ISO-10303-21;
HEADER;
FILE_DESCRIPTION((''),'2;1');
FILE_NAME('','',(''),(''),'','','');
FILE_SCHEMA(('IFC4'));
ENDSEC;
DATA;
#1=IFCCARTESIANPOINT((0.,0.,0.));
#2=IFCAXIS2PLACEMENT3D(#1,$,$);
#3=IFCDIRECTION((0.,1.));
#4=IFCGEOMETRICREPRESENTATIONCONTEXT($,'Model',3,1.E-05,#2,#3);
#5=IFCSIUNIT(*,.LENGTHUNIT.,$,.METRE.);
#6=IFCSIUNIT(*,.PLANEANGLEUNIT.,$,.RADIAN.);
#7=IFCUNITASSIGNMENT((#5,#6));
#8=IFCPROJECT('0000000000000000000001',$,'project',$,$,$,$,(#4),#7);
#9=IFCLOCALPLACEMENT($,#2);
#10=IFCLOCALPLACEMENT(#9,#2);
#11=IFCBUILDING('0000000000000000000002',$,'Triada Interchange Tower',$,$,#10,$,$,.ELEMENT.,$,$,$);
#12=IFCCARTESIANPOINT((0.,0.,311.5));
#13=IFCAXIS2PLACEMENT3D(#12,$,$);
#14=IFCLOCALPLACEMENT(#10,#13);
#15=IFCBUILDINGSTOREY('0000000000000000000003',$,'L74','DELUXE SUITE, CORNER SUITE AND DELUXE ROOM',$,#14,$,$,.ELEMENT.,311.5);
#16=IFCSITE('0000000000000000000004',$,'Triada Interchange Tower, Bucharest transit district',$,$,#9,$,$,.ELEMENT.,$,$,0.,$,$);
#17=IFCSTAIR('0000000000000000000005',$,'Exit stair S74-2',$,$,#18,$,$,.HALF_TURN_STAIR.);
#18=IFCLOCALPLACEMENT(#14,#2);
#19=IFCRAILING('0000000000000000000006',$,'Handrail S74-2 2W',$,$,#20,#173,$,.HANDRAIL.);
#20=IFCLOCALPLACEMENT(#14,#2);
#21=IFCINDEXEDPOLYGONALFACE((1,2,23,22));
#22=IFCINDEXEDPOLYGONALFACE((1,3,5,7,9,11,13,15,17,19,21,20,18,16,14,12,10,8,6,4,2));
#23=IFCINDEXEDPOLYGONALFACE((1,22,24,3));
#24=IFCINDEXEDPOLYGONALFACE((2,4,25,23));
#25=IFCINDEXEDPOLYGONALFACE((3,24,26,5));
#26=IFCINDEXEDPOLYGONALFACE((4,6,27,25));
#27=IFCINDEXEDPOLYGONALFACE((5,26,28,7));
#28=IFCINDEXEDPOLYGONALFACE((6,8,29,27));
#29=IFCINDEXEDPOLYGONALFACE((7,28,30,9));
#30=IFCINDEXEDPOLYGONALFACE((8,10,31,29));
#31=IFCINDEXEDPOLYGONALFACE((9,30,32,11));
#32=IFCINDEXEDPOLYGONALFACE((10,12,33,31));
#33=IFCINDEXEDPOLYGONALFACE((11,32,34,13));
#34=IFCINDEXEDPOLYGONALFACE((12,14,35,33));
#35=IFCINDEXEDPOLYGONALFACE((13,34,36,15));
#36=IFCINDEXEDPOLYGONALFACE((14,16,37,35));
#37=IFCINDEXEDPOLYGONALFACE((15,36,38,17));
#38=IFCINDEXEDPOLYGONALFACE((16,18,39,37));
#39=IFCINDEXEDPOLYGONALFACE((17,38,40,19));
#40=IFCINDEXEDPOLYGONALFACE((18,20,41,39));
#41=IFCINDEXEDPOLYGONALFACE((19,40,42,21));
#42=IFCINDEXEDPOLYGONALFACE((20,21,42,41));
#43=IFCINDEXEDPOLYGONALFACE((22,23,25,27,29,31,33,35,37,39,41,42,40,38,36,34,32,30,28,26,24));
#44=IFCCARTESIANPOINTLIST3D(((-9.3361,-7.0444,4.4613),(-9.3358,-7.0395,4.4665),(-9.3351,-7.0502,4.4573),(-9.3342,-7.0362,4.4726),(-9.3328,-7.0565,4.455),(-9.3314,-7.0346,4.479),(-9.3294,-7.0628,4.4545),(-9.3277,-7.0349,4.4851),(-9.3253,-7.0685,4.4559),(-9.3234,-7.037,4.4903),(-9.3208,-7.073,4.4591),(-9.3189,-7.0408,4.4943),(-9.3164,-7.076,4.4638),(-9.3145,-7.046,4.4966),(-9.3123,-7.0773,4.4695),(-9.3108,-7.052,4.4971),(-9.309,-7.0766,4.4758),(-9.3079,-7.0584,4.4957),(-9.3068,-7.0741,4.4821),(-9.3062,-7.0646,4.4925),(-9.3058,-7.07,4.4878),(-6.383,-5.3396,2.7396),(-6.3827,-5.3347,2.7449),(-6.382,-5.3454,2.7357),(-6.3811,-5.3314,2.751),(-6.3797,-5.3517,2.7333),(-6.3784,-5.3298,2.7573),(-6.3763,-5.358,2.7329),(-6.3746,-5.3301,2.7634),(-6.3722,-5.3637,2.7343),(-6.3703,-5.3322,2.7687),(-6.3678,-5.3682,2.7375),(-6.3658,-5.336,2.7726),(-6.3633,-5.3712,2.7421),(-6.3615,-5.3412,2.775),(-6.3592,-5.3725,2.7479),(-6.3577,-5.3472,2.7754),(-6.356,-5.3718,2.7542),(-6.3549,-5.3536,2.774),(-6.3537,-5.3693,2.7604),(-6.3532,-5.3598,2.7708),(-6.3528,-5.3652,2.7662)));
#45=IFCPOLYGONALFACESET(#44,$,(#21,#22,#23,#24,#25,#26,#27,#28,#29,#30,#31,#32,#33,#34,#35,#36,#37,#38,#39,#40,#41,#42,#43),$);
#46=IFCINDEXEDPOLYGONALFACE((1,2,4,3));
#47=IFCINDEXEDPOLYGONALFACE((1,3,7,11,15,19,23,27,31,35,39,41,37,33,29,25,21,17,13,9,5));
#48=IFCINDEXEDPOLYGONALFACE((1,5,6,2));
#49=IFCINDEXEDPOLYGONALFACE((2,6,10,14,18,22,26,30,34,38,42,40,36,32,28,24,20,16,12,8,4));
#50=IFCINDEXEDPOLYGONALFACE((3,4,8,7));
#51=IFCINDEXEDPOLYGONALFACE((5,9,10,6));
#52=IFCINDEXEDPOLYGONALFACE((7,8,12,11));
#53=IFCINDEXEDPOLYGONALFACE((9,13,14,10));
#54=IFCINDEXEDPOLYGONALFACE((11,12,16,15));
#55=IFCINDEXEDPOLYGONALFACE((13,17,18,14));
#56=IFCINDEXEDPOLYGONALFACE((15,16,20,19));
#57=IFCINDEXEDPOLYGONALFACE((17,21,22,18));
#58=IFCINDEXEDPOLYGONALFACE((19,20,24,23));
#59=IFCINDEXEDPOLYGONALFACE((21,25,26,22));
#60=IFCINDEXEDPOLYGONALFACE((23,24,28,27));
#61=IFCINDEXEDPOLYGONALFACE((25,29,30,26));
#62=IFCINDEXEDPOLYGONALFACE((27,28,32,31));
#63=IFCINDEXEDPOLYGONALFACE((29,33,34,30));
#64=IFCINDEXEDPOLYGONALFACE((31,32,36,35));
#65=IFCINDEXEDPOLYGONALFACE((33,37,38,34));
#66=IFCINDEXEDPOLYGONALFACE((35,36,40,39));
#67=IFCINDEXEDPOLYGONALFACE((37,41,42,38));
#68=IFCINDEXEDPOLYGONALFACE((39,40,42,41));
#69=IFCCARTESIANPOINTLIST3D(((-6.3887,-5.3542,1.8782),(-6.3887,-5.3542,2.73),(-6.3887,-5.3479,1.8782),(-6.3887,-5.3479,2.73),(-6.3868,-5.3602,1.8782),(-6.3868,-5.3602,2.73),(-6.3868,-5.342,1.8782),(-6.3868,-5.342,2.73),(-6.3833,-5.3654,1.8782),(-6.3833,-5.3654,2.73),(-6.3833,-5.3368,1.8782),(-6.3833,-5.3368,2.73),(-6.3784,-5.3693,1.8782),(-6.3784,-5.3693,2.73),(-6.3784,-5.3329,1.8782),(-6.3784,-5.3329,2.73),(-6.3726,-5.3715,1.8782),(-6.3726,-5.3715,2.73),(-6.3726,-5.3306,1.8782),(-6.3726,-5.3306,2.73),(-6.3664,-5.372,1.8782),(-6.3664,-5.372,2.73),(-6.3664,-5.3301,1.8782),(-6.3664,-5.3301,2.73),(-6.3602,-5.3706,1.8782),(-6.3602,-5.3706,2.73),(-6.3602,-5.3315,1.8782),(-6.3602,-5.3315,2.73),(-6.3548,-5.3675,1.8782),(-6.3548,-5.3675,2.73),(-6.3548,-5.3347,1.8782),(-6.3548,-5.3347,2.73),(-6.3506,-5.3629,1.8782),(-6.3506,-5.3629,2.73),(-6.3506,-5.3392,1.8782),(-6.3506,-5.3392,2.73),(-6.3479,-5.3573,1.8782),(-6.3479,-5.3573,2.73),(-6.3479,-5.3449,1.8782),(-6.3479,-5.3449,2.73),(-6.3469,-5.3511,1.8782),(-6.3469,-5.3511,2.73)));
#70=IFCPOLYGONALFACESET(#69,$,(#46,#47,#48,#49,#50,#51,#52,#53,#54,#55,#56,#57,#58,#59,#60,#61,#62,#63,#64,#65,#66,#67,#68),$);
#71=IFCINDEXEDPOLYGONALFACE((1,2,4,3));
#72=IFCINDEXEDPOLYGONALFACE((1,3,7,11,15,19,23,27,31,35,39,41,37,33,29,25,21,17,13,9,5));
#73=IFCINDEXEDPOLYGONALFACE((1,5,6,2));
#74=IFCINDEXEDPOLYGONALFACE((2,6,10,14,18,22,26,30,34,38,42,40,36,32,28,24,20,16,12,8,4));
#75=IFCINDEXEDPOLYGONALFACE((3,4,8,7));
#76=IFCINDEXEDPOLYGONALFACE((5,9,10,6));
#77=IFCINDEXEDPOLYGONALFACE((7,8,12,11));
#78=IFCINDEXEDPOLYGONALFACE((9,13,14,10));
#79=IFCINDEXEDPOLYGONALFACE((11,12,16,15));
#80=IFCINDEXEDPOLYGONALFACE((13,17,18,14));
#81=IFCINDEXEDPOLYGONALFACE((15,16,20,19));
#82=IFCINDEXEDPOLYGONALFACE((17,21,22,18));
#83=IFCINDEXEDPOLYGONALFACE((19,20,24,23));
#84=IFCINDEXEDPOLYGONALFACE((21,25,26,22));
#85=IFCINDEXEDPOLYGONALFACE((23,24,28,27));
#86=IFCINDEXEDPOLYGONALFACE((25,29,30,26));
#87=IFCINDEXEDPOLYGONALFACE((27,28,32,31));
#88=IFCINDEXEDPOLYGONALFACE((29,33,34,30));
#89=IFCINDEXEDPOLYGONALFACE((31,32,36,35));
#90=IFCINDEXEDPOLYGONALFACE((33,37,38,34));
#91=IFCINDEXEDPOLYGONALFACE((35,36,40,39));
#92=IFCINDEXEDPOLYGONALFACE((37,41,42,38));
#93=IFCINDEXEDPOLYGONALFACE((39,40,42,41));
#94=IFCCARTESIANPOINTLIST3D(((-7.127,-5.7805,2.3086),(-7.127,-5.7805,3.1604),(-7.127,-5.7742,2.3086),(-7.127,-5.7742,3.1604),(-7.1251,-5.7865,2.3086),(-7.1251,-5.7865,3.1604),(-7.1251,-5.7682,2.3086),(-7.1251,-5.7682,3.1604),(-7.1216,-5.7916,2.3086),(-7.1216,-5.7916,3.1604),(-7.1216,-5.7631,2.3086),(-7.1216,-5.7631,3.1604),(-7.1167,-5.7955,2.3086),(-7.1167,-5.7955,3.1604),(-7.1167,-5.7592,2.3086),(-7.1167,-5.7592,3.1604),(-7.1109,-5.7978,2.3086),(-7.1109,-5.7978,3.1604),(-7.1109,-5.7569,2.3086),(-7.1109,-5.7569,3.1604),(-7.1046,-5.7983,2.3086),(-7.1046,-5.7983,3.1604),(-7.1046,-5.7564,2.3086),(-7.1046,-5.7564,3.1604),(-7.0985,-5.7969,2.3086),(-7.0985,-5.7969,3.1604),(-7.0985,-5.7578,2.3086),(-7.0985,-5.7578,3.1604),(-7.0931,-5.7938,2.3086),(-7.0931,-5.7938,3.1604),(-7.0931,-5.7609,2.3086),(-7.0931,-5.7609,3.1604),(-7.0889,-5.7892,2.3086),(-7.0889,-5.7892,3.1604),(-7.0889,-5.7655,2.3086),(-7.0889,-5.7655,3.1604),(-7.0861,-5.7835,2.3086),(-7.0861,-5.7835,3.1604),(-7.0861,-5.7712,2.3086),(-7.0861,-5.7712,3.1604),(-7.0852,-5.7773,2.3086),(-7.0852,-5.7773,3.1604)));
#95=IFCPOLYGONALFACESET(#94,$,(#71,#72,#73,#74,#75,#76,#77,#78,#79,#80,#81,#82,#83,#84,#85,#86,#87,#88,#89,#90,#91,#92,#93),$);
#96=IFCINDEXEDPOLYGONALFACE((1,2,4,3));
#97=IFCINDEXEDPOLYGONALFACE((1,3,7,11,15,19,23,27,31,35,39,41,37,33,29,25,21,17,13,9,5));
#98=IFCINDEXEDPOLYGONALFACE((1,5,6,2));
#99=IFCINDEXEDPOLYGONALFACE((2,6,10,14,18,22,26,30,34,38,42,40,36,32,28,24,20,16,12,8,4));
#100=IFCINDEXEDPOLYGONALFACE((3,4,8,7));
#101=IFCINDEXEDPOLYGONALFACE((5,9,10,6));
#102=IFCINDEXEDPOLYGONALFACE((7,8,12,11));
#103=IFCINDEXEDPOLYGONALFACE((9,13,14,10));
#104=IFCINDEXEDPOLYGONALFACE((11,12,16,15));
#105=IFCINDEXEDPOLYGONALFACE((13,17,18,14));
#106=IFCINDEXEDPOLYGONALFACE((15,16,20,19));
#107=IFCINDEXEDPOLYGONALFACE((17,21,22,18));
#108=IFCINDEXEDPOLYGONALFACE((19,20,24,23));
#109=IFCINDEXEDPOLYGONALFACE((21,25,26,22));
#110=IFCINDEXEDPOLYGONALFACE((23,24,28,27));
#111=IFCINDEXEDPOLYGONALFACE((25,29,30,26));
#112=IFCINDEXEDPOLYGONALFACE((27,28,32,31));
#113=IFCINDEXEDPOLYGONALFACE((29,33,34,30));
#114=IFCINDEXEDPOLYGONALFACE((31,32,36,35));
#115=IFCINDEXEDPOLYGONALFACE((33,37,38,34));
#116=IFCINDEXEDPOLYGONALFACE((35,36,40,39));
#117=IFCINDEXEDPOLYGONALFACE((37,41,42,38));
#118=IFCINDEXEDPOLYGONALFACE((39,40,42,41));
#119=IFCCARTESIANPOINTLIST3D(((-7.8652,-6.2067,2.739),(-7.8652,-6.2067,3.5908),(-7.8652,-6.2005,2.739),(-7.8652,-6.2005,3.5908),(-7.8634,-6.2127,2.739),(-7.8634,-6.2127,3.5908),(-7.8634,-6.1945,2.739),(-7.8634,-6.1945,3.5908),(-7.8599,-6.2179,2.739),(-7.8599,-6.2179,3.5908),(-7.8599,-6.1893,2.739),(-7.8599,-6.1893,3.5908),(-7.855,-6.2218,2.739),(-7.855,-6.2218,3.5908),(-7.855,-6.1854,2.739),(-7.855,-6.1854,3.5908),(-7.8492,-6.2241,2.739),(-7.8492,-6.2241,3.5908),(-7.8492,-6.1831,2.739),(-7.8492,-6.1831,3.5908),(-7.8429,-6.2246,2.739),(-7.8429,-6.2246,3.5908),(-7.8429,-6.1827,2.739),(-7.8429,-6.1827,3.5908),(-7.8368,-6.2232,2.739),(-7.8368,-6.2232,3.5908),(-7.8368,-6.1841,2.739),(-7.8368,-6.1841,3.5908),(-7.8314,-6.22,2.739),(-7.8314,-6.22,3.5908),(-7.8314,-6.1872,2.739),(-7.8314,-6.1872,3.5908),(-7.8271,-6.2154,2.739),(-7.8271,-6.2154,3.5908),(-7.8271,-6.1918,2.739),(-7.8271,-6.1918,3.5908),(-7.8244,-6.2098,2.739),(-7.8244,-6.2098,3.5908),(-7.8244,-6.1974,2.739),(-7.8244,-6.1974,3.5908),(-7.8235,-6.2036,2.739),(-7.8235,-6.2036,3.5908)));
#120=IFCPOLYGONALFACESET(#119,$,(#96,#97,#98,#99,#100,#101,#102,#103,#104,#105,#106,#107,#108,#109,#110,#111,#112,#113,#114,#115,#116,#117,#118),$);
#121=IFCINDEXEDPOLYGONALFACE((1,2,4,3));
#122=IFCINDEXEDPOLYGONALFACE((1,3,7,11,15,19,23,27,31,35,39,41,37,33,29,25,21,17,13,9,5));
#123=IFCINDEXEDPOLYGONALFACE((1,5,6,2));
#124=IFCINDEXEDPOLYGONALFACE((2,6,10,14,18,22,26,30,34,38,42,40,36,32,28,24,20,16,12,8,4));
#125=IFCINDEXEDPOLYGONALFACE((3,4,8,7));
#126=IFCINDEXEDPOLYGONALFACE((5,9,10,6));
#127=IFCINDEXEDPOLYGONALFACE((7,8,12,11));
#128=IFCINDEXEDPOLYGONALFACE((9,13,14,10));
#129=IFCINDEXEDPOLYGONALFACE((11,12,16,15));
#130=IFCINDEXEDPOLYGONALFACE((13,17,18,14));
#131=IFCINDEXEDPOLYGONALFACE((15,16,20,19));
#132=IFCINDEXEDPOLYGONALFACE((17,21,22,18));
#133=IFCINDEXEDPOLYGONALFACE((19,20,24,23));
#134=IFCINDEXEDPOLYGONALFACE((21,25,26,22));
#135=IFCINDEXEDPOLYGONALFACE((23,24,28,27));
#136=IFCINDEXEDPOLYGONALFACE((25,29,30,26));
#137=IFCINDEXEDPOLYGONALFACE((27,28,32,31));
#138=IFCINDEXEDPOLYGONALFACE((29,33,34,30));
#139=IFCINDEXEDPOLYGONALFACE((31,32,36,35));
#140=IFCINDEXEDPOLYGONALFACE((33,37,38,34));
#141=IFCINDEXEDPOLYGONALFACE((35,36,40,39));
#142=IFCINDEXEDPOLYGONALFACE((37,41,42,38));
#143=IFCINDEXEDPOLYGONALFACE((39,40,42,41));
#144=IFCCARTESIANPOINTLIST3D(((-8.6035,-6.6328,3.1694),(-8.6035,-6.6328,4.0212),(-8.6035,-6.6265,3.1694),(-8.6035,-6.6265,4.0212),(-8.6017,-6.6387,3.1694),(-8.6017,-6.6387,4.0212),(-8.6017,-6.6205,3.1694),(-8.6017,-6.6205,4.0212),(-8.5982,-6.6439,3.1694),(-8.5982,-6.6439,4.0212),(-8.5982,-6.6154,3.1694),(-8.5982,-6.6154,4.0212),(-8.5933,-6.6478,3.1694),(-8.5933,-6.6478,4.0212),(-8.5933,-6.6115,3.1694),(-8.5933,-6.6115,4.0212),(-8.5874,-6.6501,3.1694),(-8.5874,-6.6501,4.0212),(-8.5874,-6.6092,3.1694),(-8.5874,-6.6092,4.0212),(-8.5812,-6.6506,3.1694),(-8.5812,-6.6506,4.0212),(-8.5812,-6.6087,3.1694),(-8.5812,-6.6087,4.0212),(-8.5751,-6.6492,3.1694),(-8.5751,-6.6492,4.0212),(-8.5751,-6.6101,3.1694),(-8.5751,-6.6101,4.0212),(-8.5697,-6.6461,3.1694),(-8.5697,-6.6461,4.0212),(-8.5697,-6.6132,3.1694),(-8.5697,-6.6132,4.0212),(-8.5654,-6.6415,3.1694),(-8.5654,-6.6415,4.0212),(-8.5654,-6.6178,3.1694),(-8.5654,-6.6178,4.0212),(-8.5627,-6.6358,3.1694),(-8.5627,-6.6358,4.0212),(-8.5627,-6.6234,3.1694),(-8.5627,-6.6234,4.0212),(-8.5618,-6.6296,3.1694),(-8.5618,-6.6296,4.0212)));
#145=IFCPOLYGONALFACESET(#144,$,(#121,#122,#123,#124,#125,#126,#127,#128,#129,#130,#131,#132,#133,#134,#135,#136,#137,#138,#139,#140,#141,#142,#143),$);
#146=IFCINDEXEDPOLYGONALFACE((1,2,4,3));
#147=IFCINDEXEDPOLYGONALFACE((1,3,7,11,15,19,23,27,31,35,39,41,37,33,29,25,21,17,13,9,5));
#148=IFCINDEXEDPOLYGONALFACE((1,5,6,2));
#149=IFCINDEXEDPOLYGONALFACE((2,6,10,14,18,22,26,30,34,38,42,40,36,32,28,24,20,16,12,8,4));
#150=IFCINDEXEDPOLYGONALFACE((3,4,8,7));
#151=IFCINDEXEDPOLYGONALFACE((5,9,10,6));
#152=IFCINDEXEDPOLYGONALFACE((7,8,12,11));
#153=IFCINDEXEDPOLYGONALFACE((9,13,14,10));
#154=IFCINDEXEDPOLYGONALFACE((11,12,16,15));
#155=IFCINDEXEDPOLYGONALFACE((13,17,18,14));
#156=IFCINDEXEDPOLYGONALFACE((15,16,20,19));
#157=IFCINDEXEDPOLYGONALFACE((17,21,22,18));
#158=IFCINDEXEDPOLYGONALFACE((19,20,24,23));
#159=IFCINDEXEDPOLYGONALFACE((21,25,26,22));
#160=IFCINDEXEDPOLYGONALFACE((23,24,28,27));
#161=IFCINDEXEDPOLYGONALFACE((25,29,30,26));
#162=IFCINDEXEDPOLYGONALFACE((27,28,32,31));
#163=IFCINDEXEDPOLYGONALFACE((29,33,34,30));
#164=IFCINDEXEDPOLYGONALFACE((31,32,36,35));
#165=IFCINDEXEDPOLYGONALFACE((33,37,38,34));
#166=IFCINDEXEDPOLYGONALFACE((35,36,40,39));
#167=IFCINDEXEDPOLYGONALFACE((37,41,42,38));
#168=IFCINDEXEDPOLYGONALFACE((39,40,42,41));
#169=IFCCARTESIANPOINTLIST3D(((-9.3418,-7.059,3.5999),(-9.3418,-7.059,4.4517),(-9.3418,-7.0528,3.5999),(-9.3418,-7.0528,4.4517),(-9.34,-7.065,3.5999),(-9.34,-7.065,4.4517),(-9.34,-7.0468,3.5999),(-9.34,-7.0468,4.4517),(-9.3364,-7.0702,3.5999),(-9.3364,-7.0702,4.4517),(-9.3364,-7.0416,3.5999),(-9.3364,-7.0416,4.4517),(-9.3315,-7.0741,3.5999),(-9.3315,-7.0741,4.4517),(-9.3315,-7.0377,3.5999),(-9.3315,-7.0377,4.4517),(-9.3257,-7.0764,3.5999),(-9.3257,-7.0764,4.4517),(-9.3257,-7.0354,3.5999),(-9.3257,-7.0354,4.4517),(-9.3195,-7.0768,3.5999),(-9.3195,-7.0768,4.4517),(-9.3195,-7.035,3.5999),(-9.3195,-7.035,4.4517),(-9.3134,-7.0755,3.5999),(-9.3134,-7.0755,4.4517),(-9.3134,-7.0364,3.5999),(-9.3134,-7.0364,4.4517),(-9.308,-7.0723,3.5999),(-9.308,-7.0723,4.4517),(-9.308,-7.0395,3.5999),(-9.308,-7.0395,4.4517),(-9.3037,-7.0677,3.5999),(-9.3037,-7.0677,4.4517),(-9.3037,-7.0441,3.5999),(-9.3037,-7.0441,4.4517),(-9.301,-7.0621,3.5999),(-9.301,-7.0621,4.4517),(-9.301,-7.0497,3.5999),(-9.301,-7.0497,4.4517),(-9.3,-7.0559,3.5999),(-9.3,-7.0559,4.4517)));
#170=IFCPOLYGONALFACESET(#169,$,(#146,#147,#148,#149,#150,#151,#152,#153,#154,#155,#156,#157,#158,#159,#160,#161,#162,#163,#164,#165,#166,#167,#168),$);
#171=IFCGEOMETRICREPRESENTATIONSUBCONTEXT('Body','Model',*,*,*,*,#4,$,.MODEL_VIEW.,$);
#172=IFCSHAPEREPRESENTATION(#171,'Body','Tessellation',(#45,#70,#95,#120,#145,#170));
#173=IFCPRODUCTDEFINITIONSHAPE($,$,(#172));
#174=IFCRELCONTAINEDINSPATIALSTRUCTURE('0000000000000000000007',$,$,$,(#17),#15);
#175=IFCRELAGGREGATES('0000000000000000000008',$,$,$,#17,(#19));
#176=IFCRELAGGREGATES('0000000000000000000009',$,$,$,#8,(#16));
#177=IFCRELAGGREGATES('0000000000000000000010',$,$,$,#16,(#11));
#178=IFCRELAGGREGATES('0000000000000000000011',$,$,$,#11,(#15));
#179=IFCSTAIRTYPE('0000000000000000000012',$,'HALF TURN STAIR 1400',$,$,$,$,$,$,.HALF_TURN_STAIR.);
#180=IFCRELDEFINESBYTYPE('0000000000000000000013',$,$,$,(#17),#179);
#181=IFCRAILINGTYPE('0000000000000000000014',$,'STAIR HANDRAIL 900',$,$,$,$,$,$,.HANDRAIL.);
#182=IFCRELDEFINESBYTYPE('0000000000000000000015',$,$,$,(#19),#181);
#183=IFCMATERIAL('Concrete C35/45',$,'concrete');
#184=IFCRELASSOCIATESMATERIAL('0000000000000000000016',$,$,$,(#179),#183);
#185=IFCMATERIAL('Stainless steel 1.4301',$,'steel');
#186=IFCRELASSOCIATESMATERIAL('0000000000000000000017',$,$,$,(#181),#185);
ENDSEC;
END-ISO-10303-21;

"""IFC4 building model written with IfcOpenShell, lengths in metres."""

from ifc_helpers import new_model, si_unit, direction, frame, origin, origin_2d, place, context, subcontext, project, spatial, circle, extrude, material, type_object, element, aggregate, save


model = new_model("IFC4")

# Units and contexts
model_context = context("Model", 3, precision=1e-05, world=origin(), true_north=direction((0.0, 1.0)))
body_context = subcontext(model_context, "Body", "Model", "MODEL_VIEW")
ifc_project = project(units=[si_unit("LENGTHUNIT", "METRE"), si_unit("PLANEANGLEUNIT", "RADIAN")], contexts=[model_context])

# Site, building, storey
site_placement = place(None, origin())
site = spatial("IfcSite", under=ifc_project, at=site_placement, Name="Triada Interchange Tower, Bucharest transit district", CompositionType="ELEMENT", RefElevation=0.0)
building_placement = place(site_placement, origin())
building = spatial("IfcBuilding", under=site, at=building_placement, Name="Triada Interchange Tower", CompositionType="ELEMENT")
storey_placement = place(building_placement, frame((0.0, 0.0, 311.5)))
storey = spatial("IfcBuildingStorey", under=building, at=storey_placement, Name="L74", Description="DELUXE SUITE, CORNER SUITE AND DELUXE ROOM", CompositionType="ELEMENT", Elevation=311.5)

# Stair, railing
ifc_material_1 = material(Name="Concrete C35/45", Category="concrete")
stair_type = type_object("IfcStairType", Name="HALF TURN STAIR 1400", PredefinedType="HALF_TURN_STAIR", material=ifc_material_1)
stair_placement = place(storey_placement, origin())
stair = element("IfcStair", 1, at=stair_placement, inside=storey, type_object=stair_type, Name="Exit stair S74-2", PredefinedType="HALF_TURN_STAIR")
ifc_material_2 = material(Name="Stainless steel 1.4301", Category="steel")
railing_type = type_object("IfcRailingType", Name="STAIR HANDRAIL 900", PredefinedType="HANDRAIL", material=ifc_material_2)
railing_1_placement = place(storey_placement, frame((-6.3679, -5.3511, 1.8782)))
railing_1 = element("IfcRailing", 2, at=railing_1_placement, type_object=railing_type, Name="Handrail S74-2 2W", PredefinedType="HANDRAIL", context=body_context, shape_type="SweptSolid", body=[
    extrude(circle(Radius=0.0239, at=origin_2d()), frame((0.0, 0.0, 0.876), z_axis=(-0.773091, -0.446304, 0.450714), x_axis=(0.499966, -0.866045, 0.0)), (0.0, 0.0, 1.0), 3.8198),
    extrude(circle(Radius=0.021, at=origin_2d()), origin(), (0.0, 0.0, 1.0), 0.8518),
    extrude(circle(Radius=0.021, at=origin_2d()), frame((-0.7383, -0.4263, 0.4304)), (0.0, 0.0, 1.0), 0.8518),
    extrude(circle(Radius=0.021, at=origin_2d()), frame((-1.4766, -0.8525, 0.8608)), (0.0, 0.0, 1.0), 0.8518),
    extrude(circle(Radius=0.021, at=origin_2d()), frame((-2.2148, -1.2786, 1.2913)), (0.0, 0.0, 1.0), 0.8518),
    extrude(circle(Radius=0.021, at=origin_2d()), frame((-2.9531, -1.7048, 1.7217)), (0.0, 0.0, 1.0), 0.8518),
])
aggregate(stair, [railing_1])

save(model, "model.ifc")
